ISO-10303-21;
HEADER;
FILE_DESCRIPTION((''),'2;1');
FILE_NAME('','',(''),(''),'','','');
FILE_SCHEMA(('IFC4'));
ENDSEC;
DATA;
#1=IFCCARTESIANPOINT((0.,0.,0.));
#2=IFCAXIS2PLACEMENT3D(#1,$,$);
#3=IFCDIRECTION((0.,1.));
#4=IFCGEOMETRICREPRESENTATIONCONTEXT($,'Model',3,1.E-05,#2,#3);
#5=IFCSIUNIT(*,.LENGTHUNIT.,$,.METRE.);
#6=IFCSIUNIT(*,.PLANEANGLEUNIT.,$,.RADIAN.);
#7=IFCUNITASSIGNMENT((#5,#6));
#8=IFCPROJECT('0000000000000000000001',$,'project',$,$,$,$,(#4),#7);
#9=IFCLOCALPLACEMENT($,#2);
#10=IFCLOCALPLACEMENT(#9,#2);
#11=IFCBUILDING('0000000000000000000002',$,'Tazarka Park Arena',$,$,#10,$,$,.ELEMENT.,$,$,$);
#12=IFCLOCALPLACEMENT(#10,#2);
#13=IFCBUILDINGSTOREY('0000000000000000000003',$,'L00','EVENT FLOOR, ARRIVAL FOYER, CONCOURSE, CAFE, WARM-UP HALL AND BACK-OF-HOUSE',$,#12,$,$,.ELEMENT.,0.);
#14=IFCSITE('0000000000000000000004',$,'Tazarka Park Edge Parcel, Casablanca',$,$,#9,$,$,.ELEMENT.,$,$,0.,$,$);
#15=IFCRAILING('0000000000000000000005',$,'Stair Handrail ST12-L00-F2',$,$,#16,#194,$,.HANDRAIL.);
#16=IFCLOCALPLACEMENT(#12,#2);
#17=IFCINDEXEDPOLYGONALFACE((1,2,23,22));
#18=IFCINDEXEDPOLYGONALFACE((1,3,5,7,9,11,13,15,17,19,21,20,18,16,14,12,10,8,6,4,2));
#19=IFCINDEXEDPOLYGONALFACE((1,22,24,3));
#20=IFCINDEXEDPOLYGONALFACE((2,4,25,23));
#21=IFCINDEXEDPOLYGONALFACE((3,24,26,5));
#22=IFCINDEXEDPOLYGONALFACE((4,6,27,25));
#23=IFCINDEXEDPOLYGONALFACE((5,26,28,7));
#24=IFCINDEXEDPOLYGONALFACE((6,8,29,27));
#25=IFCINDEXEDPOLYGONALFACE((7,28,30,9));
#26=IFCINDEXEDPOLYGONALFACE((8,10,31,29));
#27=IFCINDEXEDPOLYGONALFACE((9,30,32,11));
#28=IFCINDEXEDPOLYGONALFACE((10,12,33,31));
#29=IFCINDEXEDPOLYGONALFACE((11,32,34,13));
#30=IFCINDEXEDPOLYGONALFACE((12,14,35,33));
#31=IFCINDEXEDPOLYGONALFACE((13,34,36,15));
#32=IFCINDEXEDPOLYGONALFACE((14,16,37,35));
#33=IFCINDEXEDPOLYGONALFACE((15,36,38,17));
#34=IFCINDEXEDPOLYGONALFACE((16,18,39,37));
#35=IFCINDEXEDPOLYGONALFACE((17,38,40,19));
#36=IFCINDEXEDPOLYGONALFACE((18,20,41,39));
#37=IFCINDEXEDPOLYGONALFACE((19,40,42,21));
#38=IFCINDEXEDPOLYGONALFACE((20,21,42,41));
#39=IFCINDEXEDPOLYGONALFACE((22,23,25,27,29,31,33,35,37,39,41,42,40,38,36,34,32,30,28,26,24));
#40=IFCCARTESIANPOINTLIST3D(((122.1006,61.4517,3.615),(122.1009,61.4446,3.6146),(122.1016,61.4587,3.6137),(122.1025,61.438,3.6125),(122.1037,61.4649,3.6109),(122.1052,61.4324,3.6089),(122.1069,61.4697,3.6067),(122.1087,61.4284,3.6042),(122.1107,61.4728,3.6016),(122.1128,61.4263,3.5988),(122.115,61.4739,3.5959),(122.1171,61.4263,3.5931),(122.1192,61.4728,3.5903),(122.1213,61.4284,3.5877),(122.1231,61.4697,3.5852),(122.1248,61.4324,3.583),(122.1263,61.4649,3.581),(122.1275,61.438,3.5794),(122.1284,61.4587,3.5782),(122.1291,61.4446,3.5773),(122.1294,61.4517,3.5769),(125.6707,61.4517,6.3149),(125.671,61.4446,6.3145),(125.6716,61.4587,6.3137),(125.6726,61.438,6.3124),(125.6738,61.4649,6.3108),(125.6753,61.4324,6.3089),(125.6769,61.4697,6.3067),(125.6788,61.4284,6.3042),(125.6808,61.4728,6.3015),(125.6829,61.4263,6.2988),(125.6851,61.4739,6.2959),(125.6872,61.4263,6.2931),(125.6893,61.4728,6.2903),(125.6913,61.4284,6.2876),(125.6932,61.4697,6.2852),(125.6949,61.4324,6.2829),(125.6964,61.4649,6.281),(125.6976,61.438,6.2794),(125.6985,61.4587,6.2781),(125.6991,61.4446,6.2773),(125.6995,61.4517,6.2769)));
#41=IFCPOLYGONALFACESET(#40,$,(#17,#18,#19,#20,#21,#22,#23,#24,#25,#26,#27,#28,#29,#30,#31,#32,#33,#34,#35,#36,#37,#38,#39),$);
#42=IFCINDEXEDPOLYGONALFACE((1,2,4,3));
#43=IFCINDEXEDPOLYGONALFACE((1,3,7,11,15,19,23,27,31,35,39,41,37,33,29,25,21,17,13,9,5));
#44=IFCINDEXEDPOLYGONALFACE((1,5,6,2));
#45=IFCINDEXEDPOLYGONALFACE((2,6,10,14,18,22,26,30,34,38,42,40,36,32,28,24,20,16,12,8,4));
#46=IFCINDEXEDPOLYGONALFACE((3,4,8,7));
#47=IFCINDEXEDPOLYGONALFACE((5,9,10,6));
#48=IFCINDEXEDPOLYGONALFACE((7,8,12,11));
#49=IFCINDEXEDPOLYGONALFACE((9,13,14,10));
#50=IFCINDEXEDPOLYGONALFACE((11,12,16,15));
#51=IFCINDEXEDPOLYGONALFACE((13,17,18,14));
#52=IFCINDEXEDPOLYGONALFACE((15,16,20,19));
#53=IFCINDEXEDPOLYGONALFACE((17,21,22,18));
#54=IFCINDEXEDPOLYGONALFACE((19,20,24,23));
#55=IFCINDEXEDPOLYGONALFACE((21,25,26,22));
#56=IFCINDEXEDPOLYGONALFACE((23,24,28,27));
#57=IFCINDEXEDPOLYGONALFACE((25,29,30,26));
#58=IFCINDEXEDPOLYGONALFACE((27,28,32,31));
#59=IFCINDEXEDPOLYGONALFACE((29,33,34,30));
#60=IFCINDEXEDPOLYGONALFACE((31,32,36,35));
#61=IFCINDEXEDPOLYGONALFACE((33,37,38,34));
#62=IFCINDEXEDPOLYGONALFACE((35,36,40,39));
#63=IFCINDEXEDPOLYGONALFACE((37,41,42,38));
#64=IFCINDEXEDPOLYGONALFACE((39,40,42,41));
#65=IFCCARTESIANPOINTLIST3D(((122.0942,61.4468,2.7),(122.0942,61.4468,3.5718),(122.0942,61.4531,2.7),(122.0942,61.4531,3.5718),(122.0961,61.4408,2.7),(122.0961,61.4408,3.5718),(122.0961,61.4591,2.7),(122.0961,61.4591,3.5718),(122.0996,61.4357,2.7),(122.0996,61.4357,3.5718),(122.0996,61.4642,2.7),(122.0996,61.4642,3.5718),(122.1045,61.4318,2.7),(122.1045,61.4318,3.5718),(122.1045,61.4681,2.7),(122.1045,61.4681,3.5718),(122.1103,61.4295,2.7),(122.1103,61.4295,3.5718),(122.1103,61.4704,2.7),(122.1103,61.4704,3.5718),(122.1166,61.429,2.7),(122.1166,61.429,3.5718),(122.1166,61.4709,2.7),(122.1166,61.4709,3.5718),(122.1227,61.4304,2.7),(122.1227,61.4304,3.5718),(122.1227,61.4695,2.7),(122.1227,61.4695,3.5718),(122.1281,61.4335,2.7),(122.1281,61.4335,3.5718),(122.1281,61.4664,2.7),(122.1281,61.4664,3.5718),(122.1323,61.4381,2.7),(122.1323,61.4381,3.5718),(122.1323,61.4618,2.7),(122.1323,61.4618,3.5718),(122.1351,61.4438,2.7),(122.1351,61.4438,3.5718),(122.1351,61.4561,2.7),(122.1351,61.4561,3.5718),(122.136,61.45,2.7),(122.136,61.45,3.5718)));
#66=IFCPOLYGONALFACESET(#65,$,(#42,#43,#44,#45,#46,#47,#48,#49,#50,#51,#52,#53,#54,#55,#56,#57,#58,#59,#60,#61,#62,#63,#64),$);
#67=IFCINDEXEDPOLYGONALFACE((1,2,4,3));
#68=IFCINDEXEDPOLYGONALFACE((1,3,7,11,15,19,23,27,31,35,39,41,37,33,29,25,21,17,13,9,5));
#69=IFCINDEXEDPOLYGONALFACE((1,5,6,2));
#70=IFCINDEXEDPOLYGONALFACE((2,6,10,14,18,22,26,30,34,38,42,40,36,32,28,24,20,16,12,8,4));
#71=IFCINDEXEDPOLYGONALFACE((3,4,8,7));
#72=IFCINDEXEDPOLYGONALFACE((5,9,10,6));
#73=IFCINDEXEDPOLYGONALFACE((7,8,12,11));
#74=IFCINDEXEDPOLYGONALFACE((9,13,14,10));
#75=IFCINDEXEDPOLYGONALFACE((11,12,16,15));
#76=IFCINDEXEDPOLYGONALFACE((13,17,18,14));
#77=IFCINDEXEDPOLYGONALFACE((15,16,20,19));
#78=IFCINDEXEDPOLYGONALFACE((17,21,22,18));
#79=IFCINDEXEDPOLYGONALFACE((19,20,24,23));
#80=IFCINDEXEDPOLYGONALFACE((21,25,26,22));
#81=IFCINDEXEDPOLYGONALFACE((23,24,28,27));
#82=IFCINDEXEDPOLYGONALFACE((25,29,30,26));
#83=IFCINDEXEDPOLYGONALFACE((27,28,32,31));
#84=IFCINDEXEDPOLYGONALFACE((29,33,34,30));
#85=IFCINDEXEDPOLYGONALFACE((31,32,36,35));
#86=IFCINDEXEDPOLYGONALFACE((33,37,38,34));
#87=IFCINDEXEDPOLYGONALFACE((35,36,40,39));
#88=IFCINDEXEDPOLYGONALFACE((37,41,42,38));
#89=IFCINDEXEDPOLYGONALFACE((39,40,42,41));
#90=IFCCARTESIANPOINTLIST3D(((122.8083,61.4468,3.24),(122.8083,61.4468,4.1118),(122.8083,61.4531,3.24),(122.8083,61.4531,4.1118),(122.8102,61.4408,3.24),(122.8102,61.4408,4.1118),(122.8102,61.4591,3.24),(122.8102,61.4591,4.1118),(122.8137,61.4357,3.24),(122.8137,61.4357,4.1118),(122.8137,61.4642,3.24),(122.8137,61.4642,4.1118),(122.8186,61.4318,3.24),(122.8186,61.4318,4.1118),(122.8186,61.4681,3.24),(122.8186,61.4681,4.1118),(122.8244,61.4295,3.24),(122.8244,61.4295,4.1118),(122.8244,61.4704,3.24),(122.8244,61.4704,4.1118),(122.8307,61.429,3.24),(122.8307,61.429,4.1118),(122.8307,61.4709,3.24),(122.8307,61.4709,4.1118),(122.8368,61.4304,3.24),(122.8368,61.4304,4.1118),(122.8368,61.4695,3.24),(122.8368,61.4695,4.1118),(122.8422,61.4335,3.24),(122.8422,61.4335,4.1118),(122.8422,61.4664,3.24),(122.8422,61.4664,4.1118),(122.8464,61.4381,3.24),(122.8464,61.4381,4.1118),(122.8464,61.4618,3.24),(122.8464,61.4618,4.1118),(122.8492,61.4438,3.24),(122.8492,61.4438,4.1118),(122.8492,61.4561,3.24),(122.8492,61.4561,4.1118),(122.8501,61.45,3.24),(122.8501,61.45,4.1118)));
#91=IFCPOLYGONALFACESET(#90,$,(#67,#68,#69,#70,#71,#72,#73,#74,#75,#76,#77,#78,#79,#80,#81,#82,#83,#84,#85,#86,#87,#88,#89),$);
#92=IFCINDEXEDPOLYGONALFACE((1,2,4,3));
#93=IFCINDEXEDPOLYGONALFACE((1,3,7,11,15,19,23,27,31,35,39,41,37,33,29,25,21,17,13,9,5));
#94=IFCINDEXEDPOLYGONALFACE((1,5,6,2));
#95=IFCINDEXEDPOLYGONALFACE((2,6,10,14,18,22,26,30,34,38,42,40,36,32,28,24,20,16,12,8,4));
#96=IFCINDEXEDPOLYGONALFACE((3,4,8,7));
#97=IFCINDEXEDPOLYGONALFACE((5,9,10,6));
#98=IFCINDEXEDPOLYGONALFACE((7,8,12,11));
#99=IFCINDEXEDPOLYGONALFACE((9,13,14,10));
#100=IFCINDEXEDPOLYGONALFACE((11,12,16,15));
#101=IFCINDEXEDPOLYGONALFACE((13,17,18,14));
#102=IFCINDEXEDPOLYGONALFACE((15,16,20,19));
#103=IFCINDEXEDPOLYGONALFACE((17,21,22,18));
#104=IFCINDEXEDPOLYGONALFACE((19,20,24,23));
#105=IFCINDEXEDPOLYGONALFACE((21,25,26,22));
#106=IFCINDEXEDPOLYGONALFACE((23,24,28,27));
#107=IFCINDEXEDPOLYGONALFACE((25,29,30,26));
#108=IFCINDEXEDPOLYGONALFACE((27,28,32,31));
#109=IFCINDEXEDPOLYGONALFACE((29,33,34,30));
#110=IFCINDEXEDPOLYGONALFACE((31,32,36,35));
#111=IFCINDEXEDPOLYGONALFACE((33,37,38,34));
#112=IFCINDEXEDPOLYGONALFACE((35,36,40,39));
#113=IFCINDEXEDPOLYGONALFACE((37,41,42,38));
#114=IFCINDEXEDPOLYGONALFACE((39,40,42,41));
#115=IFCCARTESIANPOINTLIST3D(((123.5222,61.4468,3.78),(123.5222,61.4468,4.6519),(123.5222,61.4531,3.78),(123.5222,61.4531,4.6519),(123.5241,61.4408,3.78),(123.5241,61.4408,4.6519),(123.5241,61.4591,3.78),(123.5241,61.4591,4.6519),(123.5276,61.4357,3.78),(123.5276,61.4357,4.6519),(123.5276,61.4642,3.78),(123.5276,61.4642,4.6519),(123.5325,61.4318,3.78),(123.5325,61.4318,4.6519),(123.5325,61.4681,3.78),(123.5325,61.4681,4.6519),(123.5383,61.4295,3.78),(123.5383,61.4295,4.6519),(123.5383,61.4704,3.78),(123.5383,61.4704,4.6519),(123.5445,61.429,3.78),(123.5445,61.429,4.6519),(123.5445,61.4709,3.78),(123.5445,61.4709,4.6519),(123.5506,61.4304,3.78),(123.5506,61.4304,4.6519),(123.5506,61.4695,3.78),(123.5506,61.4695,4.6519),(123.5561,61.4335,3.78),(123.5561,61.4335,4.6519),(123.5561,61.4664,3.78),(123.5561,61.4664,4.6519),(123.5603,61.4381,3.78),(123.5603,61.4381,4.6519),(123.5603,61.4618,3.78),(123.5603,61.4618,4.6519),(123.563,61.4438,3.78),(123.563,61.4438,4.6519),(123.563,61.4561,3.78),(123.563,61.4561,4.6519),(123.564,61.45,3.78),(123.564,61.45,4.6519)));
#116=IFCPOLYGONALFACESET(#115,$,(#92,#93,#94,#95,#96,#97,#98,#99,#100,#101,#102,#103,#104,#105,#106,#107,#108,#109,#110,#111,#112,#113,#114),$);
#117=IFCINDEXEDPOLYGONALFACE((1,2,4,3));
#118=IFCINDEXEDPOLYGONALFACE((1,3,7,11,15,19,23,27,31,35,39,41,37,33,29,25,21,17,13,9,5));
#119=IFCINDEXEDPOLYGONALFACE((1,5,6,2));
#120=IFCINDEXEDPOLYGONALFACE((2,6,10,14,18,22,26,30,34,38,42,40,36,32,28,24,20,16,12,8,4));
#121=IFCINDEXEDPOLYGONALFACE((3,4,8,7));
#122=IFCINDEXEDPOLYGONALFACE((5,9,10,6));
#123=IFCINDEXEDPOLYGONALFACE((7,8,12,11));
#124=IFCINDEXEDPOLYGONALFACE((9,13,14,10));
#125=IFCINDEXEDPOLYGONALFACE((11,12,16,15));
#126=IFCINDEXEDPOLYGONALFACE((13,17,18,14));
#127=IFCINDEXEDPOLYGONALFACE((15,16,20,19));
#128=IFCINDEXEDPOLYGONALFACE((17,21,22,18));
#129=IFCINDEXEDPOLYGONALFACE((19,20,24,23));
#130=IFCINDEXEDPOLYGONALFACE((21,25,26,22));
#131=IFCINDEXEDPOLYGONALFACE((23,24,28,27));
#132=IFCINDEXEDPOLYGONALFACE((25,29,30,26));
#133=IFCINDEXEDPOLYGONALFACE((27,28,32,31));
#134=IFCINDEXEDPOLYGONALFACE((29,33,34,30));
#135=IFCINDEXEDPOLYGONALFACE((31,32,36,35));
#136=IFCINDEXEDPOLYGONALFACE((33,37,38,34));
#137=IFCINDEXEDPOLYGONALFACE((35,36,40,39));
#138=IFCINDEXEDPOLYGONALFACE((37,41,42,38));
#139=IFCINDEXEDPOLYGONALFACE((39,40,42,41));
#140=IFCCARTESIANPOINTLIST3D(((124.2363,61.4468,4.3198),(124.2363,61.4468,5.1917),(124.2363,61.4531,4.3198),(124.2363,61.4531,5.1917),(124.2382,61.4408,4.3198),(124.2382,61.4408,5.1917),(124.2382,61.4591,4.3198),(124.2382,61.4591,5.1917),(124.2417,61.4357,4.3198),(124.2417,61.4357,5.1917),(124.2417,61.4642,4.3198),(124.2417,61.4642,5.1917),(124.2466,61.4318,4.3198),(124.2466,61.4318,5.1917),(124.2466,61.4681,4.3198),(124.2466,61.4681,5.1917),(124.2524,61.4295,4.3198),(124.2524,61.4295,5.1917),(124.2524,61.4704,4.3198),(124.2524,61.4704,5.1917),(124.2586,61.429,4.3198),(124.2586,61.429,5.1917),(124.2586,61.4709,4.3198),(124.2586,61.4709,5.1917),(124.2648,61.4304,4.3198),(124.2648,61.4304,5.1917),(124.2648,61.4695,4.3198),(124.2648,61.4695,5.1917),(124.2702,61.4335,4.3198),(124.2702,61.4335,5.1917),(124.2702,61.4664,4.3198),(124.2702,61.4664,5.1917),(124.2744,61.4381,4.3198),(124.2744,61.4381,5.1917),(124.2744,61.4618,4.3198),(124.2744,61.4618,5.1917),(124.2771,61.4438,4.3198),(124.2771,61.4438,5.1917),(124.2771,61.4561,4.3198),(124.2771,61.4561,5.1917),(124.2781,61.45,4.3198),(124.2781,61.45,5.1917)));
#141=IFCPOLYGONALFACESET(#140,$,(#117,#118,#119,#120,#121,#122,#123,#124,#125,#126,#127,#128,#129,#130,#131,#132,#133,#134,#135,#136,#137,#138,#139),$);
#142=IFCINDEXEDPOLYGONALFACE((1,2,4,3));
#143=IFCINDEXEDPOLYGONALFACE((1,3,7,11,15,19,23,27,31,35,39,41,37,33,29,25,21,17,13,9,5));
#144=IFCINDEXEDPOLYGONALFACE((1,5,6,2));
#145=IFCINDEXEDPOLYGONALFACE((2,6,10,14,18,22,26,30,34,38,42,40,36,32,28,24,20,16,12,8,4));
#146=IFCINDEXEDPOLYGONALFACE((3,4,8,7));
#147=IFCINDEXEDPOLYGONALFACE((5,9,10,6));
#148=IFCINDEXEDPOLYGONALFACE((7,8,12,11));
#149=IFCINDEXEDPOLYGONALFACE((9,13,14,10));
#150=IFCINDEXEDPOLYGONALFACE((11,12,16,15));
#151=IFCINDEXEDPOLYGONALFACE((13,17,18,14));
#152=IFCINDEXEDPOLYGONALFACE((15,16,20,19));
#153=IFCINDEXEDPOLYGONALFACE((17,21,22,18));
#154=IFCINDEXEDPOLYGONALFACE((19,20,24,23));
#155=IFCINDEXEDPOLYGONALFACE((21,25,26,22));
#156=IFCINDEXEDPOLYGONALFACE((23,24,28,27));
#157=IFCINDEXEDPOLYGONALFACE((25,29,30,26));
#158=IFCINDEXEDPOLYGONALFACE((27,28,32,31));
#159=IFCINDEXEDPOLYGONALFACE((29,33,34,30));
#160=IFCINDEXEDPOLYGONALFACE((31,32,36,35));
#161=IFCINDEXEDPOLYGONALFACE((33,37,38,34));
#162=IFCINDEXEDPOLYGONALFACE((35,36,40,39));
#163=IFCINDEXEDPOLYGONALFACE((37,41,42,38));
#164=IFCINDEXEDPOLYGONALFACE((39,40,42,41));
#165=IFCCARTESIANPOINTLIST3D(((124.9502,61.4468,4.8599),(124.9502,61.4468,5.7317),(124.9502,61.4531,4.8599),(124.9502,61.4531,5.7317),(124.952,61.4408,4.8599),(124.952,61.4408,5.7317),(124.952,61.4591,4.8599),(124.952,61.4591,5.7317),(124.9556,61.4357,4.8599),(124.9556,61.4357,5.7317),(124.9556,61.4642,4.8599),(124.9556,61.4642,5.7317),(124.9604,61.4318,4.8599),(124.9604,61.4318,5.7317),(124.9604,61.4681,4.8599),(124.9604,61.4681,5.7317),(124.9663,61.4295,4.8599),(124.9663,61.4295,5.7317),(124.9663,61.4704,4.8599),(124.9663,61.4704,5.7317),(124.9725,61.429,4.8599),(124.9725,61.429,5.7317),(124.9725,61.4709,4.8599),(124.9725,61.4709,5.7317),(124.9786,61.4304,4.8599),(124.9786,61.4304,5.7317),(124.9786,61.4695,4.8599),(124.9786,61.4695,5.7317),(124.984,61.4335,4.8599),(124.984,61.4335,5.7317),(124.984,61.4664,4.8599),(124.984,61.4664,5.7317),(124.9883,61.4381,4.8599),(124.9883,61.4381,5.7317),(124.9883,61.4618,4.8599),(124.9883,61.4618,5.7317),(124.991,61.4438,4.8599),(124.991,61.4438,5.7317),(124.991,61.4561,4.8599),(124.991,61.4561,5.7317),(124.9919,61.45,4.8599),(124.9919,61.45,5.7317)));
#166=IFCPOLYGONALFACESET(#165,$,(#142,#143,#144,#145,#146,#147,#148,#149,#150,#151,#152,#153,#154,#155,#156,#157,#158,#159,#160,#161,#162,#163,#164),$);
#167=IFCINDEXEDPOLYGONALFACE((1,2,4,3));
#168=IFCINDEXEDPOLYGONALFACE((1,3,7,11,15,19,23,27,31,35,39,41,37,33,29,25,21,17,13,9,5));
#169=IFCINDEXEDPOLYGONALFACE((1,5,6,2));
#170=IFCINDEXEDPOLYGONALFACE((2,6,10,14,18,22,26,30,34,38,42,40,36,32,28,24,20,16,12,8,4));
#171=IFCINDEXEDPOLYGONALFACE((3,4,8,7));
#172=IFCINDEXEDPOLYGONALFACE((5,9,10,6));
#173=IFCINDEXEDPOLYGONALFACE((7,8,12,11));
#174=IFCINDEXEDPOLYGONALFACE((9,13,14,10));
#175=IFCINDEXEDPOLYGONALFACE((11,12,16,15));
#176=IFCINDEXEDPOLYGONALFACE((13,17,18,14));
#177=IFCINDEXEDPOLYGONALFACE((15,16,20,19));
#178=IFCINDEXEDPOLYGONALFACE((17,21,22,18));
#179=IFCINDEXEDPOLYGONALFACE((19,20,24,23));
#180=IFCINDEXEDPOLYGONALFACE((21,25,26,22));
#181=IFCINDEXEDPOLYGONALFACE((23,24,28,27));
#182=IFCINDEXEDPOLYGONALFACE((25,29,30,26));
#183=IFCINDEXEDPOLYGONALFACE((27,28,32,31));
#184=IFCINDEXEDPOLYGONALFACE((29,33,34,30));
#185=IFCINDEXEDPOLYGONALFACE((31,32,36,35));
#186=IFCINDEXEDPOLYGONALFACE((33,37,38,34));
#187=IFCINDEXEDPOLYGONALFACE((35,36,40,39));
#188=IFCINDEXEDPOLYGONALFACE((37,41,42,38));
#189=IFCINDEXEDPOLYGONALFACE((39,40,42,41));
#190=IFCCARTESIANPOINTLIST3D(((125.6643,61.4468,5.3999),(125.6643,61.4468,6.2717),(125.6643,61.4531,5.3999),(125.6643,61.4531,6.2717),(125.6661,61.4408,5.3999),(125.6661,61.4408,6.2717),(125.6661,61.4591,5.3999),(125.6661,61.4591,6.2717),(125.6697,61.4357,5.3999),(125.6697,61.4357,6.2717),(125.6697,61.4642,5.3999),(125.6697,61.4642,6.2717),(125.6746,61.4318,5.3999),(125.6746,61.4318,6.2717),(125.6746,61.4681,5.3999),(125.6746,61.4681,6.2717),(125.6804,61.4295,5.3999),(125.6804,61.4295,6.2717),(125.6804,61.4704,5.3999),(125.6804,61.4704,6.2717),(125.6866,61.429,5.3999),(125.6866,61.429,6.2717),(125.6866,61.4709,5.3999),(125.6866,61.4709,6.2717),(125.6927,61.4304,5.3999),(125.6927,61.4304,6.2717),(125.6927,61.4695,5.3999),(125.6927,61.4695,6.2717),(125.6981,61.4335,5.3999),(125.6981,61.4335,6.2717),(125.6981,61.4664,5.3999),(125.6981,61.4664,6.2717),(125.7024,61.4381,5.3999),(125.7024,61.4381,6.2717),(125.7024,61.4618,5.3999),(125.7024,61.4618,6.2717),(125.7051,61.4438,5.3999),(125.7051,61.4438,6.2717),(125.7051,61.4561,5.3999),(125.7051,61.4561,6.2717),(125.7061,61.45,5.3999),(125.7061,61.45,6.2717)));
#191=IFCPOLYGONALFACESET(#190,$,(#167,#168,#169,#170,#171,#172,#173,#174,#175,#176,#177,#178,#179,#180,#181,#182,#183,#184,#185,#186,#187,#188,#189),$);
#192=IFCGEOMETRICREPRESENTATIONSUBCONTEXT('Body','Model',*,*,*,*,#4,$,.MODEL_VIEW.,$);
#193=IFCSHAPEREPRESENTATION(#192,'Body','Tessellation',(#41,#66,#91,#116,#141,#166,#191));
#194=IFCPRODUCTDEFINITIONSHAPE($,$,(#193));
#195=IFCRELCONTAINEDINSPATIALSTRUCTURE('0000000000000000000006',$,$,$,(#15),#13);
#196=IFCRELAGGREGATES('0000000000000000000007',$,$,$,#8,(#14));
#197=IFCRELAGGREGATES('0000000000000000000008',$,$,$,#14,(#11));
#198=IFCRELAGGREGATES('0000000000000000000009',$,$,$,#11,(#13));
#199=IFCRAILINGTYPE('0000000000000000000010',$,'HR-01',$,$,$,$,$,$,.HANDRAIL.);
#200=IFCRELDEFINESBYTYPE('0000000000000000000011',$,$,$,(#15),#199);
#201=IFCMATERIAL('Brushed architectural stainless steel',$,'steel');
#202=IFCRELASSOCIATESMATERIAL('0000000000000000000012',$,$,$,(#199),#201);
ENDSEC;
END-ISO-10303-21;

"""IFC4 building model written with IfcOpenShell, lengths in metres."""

from ifc_helpers import new_model, si_unit, direction, frame, origin, origin_2d, place, context, subcontext, project, spatial, circle, extrude, material, type_object, element, save


model = new_model("IFC4")

# Units and contexts
model_context = context("Model", 3, precision=1e-05, world=origin(), true_north=direction((0.0, 1.0)))
body_context = subcontext(model_context, "Body", "Model", "MODEL_VIEW")
ifc_project = project(units=[si_unit("LENGTHUNIT", "METRE"), si_unit("PLANEANGLEUNIT", "RADIAN")], contexts=[model_context])

# Site, building, storey
site_placement = place(None, origin())
site = spatial("IfcSite", under=ifc_project, at=site_placement, Name="Tazarka Park Edge Parcel, Casablanca", CompositionType="ELEMENT", RefElevation=0.0)
building_placement = place(site_placement, origin())
building = spatial("IfcBuilding", under=site, at=building_placement, Name="Tazarka Park Arena", CompositionType="ELEMENT")
storey_placement = place(building_placement, origin())
storey = spatial("IfcBuildingStorey", under=building, at=storey_placement, Name="L00", Description="EVENT FLOOR, ARRIVAL FOYER, CONCOURSE, CAFE, WARM-UP HALL AND BACK-OF-HOUSE", CompositionType="ELEMENT", Elevation=0.0)

# Railing
ifc_material_1 = material(Name="Brushed architectural stainless steel", Category="steel")
railing_type_1 = type_object("IfcRailingType", Name="HR-01", PredefinedType="HANDRAIL", material=ifc_material_1)
for number, where, name in (
    (1, (122.115, 61.45, 2.7), "Stair Handrail ST12-L00-F2"),
):
    element("IfcRailing", number, at=place(storey_placement, frame(where)), inside=storey, type_object=railing_type_1, Name=name, PredefinedType="HANDRAIL", context=body_context, shape_type="SweptSolid", body=[
        extrude(circle(Radius=0.0239, at=origin_2d()), frame((0.0, 0.0, 0.896), z_axis=(0.797591, 0.0, 0.603198), x_axis=(0.0, 1.0, 0.0)), (0.0, 0.0, 1.0), 4.4761),
        extrude(circle(Radius=0.021, at=origin_2d()), origin(), (0.0, 0.0, 1.0), 0.8718),
        extrude(circle(Radius=0.021, at=origin_2d()), frame((0.7141, 0.0, 0.54)), (0.0, 0.0, 1.0), 0.8718),
        extrude(circle(Radius=0.021, at=origin_2d()), frame((1.428, 0.0, 1.0801)), (0.0, 0.0, 1.0), 0.8718),
        extrude(circle(Radius=0.021, at=origin_2d()), frame((2.1421, 0.0, 1.6199)), (0.0, 0.0, 1.0), 0.8718),
        extrude(circle(Radius=0.021, at=origin_2d()), frame((2.856, 0.0, 2.1599)), (0.0, 0.0, 1.0), 0.8718),
        extrude(circle(Radius=0.021, at=origin_2d()), frame((3.5701, 0.0, 2.7)), (0.0, 0.0, 1.0), 0.8718),
    ])

save(model, "model.ifc")
